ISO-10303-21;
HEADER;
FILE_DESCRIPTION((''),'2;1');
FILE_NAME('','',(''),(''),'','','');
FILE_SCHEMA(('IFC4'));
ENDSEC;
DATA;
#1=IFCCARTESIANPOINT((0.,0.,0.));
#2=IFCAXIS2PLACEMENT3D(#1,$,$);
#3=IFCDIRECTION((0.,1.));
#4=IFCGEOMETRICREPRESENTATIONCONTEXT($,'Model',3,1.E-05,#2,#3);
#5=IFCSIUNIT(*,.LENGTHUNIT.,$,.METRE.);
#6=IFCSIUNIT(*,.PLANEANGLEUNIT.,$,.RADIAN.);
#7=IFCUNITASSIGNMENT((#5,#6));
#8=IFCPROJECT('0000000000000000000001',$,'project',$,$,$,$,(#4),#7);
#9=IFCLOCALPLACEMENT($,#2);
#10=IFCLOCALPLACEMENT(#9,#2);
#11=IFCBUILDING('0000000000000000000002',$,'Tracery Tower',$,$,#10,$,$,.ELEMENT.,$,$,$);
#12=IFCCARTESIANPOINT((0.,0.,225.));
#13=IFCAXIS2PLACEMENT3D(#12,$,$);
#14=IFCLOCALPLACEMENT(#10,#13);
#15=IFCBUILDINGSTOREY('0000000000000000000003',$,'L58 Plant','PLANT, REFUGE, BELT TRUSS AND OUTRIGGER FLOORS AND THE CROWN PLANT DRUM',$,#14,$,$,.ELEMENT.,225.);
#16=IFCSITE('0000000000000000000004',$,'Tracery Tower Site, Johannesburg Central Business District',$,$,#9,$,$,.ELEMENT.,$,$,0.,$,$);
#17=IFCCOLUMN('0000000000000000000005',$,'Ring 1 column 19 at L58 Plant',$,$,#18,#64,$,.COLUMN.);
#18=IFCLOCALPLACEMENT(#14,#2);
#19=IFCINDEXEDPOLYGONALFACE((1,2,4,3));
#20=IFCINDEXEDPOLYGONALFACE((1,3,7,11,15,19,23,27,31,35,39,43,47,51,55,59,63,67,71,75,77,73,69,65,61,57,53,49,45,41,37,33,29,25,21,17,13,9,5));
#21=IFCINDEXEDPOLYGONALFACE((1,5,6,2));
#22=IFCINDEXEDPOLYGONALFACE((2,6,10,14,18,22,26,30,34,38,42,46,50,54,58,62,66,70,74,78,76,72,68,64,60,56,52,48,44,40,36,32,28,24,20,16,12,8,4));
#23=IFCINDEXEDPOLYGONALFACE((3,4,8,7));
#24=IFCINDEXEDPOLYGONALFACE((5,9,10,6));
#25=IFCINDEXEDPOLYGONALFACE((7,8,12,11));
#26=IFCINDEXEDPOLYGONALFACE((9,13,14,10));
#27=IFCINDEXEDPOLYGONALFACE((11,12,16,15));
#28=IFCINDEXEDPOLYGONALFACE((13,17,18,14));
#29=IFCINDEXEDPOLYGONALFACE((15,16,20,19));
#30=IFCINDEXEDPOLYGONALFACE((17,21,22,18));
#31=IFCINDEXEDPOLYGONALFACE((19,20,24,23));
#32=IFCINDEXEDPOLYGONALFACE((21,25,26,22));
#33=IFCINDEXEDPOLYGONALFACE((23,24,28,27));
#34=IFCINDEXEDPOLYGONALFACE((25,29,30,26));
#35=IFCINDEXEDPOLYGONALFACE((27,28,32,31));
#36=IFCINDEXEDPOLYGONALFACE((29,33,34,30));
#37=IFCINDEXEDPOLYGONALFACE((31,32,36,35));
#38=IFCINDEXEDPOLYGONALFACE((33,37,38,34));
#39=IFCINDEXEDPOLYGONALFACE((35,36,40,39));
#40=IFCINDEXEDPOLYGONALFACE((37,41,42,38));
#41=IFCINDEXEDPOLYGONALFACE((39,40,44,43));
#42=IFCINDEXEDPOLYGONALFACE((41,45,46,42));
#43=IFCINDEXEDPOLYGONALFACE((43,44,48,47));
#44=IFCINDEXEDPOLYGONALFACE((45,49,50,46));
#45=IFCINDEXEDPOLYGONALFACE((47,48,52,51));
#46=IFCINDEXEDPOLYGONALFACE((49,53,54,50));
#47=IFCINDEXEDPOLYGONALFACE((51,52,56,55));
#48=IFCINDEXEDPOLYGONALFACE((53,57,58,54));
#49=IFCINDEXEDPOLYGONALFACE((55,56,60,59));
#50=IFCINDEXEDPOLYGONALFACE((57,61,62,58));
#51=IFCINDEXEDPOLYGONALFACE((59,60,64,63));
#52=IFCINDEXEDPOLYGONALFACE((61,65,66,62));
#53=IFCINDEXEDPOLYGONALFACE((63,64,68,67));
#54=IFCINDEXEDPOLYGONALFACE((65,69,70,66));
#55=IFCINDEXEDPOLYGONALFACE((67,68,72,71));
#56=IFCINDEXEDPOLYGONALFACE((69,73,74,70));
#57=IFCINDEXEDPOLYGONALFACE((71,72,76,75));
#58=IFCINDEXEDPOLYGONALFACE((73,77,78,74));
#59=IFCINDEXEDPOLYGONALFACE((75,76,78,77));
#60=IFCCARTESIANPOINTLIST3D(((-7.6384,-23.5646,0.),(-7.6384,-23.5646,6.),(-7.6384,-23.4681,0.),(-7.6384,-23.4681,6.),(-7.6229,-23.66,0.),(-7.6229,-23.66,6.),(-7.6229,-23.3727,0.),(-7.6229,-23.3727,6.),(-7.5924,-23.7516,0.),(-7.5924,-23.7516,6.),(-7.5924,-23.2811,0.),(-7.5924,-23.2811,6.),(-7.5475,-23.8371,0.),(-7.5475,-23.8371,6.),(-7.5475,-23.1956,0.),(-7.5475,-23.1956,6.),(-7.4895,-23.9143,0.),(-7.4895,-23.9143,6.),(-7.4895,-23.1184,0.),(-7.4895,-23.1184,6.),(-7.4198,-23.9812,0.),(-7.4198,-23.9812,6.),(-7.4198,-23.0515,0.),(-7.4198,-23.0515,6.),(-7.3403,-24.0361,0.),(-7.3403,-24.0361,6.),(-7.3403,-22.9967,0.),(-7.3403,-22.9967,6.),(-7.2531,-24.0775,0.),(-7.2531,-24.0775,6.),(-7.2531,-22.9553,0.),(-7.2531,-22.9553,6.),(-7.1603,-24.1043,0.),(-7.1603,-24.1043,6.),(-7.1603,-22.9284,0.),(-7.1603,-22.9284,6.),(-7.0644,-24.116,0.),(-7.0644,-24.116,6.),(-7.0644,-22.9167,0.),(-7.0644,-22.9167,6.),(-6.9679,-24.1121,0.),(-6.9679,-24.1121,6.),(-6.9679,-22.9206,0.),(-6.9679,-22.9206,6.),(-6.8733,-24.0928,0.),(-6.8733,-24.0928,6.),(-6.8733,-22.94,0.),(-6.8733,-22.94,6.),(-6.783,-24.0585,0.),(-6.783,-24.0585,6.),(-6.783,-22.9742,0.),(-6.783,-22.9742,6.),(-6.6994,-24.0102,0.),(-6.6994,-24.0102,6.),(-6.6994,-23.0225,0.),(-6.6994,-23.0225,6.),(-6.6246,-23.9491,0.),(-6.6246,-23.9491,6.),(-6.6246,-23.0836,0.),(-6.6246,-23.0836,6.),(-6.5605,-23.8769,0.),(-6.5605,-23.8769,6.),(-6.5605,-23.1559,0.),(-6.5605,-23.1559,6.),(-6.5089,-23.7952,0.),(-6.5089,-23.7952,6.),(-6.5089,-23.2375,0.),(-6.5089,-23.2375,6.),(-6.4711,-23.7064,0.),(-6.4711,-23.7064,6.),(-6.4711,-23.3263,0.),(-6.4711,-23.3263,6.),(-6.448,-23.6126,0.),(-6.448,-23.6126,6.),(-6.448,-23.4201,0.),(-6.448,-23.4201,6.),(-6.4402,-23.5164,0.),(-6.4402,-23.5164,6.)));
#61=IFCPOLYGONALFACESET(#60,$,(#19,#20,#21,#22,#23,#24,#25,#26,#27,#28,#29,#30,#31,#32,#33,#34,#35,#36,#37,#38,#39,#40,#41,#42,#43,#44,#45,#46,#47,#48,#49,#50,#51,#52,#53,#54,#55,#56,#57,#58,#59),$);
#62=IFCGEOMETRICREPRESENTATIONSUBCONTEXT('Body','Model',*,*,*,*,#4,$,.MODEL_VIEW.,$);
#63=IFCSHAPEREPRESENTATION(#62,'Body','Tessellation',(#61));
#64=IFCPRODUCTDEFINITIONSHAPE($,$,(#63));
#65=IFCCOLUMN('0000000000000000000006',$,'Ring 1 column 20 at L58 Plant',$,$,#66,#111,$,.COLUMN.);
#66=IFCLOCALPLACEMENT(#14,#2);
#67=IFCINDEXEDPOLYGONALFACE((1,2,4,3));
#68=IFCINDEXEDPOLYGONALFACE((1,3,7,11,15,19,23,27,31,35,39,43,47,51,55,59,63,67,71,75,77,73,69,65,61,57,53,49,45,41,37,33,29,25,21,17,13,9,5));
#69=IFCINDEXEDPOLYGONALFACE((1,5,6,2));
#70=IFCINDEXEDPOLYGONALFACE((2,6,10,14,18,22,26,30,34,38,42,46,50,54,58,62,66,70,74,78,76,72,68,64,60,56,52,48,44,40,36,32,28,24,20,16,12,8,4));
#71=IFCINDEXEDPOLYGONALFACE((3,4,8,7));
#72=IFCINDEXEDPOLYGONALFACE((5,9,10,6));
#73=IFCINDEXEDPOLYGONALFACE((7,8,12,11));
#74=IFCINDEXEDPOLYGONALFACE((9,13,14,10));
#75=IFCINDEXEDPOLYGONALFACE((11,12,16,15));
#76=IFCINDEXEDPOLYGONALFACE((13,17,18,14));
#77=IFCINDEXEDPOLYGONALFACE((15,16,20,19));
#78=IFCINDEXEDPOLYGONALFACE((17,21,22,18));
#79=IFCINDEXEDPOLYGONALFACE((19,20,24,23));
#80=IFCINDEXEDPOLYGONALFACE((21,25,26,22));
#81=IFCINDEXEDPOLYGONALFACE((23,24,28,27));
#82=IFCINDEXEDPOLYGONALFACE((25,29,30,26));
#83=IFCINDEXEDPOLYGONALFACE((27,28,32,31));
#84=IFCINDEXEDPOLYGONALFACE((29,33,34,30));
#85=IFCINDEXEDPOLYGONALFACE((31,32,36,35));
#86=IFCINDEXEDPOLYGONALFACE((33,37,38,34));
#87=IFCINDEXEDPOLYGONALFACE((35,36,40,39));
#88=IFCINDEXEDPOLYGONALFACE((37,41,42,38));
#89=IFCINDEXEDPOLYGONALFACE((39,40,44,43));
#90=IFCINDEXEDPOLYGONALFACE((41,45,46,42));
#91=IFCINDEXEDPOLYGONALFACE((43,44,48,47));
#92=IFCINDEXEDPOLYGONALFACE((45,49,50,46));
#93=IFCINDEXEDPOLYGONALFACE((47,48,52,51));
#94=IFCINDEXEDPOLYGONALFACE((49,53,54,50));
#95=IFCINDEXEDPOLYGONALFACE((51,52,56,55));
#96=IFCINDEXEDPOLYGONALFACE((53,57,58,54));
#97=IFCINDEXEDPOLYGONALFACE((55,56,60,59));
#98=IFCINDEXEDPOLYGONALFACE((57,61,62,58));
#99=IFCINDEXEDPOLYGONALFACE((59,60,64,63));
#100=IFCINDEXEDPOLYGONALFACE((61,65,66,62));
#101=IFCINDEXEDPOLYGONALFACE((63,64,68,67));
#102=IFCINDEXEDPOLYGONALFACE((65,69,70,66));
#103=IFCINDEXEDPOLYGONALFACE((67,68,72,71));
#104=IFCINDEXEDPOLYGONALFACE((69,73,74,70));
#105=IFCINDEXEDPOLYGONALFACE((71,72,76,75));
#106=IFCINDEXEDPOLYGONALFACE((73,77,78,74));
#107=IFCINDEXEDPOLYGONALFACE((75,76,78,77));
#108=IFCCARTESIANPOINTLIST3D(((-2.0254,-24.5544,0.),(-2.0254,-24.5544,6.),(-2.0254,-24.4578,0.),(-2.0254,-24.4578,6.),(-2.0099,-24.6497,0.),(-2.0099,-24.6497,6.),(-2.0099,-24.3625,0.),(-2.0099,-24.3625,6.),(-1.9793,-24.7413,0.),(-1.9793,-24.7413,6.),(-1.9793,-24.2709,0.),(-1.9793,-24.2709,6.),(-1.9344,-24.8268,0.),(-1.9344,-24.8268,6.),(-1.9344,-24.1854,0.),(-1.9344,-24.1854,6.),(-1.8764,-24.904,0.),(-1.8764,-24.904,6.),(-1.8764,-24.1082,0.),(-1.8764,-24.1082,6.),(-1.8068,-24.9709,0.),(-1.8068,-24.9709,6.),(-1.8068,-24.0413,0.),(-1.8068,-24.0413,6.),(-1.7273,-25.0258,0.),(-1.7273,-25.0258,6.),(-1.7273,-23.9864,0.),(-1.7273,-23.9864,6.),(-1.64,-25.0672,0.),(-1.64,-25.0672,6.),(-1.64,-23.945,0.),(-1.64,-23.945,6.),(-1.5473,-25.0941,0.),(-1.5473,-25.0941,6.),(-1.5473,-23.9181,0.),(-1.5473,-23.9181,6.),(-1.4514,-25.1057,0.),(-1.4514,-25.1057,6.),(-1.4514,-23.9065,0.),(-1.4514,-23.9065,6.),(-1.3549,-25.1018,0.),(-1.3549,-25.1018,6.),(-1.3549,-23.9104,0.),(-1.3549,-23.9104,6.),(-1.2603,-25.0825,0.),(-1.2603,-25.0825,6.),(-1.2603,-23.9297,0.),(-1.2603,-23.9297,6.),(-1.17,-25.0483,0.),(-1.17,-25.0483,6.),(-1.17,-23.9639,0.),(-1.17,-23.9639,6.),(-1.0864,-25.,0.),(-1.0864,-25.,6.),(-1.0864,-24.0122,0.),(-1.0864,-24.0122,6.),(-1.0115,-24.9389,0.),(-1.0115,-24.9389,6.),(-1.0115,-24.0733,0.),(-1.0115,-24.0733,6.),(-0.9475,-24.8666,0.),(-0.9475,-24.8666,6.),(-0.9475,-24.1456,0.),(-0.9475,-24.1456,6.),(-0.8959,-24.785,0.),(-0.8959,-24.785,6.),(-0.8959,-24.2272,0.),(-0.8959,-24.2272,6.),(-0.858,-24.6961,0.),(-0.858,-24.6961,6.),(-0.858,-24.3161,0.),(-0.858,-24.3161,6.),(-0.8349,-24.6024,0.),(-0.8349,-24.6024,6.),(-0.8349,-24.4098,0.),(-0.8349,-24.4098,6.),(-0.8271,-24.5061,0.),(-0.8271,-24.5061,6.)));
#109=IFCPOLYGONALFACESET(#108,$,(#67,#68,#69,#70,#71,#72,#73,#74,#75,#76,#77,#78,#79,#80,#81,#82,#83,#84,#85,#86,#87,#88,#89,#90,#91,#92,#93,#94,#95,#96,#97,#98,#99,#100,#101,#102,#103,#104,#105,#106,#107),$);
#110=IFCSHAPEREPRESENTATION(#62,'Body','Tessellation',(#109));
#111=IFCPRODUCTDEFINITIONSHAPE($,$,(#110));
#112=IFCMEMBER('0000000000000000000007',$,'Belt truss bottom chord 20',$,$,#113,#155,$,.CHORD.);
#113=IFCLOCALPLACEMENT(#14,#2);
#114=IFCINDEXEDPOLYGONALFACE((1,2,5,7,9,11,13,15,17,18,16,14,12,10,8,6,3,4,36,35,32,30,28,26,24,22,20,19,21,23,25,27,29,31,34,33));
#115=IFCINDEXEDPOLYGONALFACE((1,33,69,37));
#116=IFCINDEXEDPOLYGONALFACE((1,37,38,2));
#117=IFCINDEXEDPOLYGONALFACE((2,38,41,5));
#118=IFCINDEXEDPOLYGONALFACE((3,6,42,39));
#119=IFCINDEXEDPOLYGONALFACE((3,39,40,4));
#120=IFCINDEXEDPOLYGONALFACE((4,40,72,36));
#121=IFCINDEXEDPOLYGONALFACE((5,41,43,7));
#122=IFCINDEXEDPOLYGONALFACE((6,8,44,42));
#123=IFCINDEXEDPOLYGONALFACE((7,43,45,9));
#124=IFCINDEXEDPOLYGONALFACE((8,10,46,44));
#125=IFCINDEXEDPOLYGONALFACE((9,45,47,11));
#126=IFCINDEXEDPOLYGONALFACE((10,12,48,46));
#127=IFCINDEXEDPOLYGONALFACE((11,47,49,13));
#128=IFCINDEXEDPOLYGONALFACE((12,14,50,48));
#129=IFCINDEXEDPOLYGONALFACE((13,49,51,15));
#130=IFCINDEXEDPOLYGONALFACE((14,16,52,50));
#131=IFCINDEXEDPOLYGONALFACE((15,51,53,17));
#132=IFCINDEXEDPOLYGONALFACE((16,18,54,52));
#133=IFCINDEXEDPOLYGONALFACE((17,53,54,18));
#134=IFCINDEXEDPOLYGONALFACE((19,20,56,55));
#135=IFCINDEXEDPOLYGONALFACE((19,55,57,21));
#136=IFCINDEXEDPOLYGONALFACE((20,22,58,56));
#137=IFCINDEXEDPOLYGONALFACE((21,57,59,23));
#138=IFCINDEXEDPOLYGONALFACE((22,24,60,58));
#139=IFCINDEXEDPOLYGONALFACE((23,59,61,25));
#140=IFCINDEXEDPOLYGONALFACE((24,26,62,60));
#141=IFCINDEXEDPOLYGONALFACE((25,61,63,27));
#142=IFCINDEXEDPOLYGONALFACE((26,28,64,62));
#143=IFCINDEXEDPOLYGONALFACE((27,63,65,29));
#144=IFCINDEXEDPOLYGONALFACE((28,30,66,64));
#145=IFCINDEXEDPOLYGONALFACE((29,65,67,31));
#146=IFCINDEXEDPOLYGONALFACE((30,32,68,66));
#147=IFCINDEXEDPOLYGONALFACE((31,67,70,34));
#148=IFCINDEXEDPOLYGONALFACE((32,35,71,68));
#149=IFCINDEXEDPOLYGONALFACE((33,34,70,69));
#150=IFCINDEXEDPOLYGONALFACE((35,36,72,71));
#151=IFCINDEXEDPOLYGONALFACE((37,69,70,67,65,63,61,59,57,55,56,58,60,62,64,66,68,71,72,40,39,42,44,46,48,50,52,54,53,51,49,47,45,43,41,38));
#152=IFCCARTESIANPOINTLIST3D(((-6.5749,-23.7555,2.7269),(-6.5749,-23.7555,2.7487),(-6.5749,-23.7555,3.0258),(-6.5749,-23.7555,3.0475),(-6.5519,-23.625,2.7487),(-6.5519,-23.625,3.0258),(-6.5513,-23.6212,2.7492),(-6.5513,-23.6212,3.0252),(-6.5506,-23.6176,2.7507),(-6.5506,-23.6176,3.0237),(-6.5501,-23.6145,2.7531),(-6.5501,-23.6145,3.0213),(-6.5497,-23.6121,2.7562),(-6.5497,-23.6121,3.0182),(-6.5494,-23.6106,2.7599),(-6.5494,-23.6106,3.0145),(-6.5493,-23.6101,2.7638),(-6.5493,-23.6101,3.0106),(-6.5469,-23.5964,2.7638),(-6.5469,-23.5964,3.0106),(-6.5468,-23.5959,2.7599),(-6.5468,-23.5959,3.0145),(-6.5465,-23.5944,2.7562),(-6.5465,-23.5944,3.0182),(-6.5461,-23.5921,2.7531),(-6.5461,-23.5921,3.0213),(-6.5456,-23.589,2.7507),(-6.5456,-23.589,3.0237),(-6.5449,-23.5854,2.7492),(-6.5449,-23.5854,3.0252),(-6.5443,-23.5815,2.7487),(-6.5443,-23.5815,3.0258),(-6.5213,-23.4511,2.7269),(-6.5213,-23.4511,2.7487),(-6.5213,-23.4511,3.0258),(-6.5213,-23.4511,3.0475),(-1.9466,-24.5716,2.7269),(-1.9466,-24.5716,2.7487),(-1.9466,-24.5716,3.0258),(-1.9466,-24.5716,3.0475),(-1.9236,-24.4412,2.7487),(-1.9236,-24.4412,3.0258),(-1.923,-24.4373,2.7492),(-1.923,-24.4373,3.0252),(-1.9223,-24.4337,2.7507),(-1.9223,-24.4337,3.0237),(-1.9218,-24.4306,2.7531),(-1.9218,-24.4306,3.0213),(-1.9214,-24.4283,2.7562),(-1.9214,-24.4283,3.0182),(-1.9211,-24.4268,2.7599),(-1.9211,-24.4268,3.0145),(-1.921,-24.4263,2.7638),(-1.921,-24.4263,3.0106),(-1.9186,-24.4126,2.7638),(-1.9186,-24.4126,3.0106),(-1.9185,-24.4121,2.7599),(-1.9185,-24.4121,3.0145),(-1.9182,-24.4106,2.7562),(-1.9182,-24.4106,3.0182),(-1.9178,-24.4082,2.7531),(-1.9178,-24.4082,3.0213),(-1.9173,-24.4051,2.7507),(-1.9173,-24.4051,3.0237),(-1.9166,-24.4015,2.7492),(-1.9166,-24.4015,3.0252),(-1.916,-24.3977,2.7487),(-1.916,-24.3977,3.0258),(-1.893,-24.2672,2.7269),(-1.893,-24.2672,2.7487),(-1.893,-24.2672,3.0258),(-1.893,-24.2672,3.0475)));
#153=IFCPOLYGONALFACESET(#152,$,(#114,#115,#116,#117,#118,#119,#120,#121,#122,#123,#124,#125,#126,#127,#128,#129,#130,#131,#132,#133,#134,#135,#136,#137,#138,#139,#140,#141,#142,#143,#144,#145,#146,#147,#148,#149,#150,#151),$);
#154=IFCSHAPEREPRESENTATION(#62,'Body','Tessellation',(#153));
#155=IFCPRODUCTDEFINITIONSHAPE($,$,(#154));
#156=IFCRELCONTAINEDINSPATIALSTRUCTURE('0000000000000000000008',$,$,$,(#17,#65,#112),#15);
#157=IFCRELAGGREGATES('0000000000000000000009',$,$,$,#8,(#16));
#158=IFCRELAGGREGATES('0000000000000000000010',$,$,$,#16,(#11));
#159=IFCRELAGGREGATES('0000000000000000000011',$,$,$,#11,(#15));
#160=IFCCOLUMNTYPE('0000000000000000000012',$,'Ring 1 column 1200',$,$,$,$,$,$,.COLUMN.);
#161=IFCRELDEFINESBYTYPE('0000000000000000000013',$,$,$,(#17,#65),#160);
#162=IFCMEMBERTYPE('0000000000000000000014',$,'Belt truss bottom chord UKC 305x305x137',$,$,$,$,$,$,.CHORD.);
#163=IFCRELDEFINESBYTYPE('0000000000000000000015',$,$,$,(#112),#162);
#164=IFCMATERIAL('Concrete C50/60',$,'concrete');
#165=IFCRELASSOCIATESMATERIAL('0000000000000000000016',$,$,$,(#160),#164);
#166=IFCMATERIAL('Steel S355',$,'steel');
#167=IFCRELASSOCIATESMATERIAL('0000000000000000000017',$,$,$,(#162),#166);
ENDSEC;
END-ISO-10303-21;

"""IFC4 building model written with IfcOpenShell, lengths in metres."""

from ifc_helpers import new_model, si_unit, direction, frame, origin, origin_2d, place, context, subcontext, project, spatial, circle, i_section, extrude, material, material_profile, profile_set, type_object, element, save


model = new_model("IFC4")

# Units and contexts
model_context = context("Model", 3, precision=1e-05, world=origin(), true_north=direction((0.0, 1.0)))
body_context = subcontext(model_context, "Body", "Model", "MODEL_VIEW")
ifc_project = project(units=[si_unit("LENGTHUNIT", "METRE"), si_unit("PLANEANGLEUNIT", "RADIAN")], contexts=[model_context])

# Site, building, storey
site_placement = place(None, origin())
site = spatial("IfcSite", under=ifc_project, at=site_placement, Name="Tracery Tower Site, Johannesburg Central Business District", CompositionType="ELEMENT", RefElevation=0.0)
building_placement = place(site_placement, origin())
building = spatial("IfcBuilding", under=site, at=building_placement, Name="Tracery Tower", CompositionType="ELEMENT")
storey_placement = place(building_placement, frame((0.0, 0.0, 225.0)))
storey = spatial("IfcBuildingStorey", under=building, at=storey_placement, Name="L58 Plant", Description="PLANT, REFUGE, BELT TRUSS AND OUTRIGGER FLOORS AND THE CROWN PLANT DRUM", CompositionType="ELEMENT", Elevation=225.0)

# Columns
ifc_material_1 = material(Name="Concrete C50/60", Category="concrete")
ifc_material_profile_1 = material_profile(ifc_material_1, circle(Radius=0.6001, at=origin_2d()), Name="RC D1200")
ifc_profile_set_1 = profile_set([ifc_material_profile_1], Name="Concrete C50/60")
column_type = type_object("IfcColumnType", Name="Ring 1 column 1200", PredefinedType="COLUMN", material=ifc_profile_set_1)
for number, where, z_axis, x_axis, name in (
    (1, (-7.0403, -23.5164, 0.0), (0.0, 0.0, 1.0), (1.0, 0.0, 0.0), "Ring 1 column 19 at L58 Plant"),
    (2, (-1.4272, -24.5061, 0.0), (0.0, 0.0, 1.0), (1.0, 0.0, 0.0), "Ring 1 column 20 at L58 Plant"),
):
    element("IfcColumn", number, at=place(storey_placement, frame(where, z_axis=z_axis, x_axis=x_axis)), inside=storey, type_object=column_type, Name=name, PredefinedType="COLUMN", context=body_context, shape_type="SweptSolid", body=[
        extrude(circle(Radius=0.6001, at=origin_2d()), origin(), (0.0, 0.0, 1.0), 6.0),
    ])

# Member
ifc_material_2 = material(Name="Steel S355", Category="steel")
ifc_material_profile_2 = material_profile(ifc_material_2, i_section(OverallWidth=0.3091, OverallDepth=0.3206, WebThickness=0.0139, FlangeThickness=0.0217, FilletRadius=0.0151, at=origin_2d()), Name="UKC 305x305x137")
ifc_profile_set_2 = profile_set([ifc_material_profile_2], Name="Steel S355")
member_type_1 = type_object("IfcMemberType", Name="Belt truss bottom chord UKC 305x305x137", PredefinedType="CHORD", material=ifc_profile_set_2)
member_1_placement = place(storey_placement, frame((-6.5481, -23.6033, 2.8872), z_axis=(0.984806, -0.173658, 0.0), x_axis=(0.173658, 0.984806, 0.0)))
element("IfcMember", 3, at=member_1_placement, inside=storey, type_object=member_type_1, Name="Belt truss bottom chord 20", PredefinedType="CHORD", context=body_context, shape_type="SweptSolid", body=[
    extrude(i_section(OverallWidth=0.3091, OverallDepth=0.3206, WebThickness=0.0139, FlangeThickness=0.0217, FilletRadius=0.0151, at=origin_2d()), origin(), (0.0, 0.0, 1.0), 4.6997),
])

save(model, "model.ifc")
